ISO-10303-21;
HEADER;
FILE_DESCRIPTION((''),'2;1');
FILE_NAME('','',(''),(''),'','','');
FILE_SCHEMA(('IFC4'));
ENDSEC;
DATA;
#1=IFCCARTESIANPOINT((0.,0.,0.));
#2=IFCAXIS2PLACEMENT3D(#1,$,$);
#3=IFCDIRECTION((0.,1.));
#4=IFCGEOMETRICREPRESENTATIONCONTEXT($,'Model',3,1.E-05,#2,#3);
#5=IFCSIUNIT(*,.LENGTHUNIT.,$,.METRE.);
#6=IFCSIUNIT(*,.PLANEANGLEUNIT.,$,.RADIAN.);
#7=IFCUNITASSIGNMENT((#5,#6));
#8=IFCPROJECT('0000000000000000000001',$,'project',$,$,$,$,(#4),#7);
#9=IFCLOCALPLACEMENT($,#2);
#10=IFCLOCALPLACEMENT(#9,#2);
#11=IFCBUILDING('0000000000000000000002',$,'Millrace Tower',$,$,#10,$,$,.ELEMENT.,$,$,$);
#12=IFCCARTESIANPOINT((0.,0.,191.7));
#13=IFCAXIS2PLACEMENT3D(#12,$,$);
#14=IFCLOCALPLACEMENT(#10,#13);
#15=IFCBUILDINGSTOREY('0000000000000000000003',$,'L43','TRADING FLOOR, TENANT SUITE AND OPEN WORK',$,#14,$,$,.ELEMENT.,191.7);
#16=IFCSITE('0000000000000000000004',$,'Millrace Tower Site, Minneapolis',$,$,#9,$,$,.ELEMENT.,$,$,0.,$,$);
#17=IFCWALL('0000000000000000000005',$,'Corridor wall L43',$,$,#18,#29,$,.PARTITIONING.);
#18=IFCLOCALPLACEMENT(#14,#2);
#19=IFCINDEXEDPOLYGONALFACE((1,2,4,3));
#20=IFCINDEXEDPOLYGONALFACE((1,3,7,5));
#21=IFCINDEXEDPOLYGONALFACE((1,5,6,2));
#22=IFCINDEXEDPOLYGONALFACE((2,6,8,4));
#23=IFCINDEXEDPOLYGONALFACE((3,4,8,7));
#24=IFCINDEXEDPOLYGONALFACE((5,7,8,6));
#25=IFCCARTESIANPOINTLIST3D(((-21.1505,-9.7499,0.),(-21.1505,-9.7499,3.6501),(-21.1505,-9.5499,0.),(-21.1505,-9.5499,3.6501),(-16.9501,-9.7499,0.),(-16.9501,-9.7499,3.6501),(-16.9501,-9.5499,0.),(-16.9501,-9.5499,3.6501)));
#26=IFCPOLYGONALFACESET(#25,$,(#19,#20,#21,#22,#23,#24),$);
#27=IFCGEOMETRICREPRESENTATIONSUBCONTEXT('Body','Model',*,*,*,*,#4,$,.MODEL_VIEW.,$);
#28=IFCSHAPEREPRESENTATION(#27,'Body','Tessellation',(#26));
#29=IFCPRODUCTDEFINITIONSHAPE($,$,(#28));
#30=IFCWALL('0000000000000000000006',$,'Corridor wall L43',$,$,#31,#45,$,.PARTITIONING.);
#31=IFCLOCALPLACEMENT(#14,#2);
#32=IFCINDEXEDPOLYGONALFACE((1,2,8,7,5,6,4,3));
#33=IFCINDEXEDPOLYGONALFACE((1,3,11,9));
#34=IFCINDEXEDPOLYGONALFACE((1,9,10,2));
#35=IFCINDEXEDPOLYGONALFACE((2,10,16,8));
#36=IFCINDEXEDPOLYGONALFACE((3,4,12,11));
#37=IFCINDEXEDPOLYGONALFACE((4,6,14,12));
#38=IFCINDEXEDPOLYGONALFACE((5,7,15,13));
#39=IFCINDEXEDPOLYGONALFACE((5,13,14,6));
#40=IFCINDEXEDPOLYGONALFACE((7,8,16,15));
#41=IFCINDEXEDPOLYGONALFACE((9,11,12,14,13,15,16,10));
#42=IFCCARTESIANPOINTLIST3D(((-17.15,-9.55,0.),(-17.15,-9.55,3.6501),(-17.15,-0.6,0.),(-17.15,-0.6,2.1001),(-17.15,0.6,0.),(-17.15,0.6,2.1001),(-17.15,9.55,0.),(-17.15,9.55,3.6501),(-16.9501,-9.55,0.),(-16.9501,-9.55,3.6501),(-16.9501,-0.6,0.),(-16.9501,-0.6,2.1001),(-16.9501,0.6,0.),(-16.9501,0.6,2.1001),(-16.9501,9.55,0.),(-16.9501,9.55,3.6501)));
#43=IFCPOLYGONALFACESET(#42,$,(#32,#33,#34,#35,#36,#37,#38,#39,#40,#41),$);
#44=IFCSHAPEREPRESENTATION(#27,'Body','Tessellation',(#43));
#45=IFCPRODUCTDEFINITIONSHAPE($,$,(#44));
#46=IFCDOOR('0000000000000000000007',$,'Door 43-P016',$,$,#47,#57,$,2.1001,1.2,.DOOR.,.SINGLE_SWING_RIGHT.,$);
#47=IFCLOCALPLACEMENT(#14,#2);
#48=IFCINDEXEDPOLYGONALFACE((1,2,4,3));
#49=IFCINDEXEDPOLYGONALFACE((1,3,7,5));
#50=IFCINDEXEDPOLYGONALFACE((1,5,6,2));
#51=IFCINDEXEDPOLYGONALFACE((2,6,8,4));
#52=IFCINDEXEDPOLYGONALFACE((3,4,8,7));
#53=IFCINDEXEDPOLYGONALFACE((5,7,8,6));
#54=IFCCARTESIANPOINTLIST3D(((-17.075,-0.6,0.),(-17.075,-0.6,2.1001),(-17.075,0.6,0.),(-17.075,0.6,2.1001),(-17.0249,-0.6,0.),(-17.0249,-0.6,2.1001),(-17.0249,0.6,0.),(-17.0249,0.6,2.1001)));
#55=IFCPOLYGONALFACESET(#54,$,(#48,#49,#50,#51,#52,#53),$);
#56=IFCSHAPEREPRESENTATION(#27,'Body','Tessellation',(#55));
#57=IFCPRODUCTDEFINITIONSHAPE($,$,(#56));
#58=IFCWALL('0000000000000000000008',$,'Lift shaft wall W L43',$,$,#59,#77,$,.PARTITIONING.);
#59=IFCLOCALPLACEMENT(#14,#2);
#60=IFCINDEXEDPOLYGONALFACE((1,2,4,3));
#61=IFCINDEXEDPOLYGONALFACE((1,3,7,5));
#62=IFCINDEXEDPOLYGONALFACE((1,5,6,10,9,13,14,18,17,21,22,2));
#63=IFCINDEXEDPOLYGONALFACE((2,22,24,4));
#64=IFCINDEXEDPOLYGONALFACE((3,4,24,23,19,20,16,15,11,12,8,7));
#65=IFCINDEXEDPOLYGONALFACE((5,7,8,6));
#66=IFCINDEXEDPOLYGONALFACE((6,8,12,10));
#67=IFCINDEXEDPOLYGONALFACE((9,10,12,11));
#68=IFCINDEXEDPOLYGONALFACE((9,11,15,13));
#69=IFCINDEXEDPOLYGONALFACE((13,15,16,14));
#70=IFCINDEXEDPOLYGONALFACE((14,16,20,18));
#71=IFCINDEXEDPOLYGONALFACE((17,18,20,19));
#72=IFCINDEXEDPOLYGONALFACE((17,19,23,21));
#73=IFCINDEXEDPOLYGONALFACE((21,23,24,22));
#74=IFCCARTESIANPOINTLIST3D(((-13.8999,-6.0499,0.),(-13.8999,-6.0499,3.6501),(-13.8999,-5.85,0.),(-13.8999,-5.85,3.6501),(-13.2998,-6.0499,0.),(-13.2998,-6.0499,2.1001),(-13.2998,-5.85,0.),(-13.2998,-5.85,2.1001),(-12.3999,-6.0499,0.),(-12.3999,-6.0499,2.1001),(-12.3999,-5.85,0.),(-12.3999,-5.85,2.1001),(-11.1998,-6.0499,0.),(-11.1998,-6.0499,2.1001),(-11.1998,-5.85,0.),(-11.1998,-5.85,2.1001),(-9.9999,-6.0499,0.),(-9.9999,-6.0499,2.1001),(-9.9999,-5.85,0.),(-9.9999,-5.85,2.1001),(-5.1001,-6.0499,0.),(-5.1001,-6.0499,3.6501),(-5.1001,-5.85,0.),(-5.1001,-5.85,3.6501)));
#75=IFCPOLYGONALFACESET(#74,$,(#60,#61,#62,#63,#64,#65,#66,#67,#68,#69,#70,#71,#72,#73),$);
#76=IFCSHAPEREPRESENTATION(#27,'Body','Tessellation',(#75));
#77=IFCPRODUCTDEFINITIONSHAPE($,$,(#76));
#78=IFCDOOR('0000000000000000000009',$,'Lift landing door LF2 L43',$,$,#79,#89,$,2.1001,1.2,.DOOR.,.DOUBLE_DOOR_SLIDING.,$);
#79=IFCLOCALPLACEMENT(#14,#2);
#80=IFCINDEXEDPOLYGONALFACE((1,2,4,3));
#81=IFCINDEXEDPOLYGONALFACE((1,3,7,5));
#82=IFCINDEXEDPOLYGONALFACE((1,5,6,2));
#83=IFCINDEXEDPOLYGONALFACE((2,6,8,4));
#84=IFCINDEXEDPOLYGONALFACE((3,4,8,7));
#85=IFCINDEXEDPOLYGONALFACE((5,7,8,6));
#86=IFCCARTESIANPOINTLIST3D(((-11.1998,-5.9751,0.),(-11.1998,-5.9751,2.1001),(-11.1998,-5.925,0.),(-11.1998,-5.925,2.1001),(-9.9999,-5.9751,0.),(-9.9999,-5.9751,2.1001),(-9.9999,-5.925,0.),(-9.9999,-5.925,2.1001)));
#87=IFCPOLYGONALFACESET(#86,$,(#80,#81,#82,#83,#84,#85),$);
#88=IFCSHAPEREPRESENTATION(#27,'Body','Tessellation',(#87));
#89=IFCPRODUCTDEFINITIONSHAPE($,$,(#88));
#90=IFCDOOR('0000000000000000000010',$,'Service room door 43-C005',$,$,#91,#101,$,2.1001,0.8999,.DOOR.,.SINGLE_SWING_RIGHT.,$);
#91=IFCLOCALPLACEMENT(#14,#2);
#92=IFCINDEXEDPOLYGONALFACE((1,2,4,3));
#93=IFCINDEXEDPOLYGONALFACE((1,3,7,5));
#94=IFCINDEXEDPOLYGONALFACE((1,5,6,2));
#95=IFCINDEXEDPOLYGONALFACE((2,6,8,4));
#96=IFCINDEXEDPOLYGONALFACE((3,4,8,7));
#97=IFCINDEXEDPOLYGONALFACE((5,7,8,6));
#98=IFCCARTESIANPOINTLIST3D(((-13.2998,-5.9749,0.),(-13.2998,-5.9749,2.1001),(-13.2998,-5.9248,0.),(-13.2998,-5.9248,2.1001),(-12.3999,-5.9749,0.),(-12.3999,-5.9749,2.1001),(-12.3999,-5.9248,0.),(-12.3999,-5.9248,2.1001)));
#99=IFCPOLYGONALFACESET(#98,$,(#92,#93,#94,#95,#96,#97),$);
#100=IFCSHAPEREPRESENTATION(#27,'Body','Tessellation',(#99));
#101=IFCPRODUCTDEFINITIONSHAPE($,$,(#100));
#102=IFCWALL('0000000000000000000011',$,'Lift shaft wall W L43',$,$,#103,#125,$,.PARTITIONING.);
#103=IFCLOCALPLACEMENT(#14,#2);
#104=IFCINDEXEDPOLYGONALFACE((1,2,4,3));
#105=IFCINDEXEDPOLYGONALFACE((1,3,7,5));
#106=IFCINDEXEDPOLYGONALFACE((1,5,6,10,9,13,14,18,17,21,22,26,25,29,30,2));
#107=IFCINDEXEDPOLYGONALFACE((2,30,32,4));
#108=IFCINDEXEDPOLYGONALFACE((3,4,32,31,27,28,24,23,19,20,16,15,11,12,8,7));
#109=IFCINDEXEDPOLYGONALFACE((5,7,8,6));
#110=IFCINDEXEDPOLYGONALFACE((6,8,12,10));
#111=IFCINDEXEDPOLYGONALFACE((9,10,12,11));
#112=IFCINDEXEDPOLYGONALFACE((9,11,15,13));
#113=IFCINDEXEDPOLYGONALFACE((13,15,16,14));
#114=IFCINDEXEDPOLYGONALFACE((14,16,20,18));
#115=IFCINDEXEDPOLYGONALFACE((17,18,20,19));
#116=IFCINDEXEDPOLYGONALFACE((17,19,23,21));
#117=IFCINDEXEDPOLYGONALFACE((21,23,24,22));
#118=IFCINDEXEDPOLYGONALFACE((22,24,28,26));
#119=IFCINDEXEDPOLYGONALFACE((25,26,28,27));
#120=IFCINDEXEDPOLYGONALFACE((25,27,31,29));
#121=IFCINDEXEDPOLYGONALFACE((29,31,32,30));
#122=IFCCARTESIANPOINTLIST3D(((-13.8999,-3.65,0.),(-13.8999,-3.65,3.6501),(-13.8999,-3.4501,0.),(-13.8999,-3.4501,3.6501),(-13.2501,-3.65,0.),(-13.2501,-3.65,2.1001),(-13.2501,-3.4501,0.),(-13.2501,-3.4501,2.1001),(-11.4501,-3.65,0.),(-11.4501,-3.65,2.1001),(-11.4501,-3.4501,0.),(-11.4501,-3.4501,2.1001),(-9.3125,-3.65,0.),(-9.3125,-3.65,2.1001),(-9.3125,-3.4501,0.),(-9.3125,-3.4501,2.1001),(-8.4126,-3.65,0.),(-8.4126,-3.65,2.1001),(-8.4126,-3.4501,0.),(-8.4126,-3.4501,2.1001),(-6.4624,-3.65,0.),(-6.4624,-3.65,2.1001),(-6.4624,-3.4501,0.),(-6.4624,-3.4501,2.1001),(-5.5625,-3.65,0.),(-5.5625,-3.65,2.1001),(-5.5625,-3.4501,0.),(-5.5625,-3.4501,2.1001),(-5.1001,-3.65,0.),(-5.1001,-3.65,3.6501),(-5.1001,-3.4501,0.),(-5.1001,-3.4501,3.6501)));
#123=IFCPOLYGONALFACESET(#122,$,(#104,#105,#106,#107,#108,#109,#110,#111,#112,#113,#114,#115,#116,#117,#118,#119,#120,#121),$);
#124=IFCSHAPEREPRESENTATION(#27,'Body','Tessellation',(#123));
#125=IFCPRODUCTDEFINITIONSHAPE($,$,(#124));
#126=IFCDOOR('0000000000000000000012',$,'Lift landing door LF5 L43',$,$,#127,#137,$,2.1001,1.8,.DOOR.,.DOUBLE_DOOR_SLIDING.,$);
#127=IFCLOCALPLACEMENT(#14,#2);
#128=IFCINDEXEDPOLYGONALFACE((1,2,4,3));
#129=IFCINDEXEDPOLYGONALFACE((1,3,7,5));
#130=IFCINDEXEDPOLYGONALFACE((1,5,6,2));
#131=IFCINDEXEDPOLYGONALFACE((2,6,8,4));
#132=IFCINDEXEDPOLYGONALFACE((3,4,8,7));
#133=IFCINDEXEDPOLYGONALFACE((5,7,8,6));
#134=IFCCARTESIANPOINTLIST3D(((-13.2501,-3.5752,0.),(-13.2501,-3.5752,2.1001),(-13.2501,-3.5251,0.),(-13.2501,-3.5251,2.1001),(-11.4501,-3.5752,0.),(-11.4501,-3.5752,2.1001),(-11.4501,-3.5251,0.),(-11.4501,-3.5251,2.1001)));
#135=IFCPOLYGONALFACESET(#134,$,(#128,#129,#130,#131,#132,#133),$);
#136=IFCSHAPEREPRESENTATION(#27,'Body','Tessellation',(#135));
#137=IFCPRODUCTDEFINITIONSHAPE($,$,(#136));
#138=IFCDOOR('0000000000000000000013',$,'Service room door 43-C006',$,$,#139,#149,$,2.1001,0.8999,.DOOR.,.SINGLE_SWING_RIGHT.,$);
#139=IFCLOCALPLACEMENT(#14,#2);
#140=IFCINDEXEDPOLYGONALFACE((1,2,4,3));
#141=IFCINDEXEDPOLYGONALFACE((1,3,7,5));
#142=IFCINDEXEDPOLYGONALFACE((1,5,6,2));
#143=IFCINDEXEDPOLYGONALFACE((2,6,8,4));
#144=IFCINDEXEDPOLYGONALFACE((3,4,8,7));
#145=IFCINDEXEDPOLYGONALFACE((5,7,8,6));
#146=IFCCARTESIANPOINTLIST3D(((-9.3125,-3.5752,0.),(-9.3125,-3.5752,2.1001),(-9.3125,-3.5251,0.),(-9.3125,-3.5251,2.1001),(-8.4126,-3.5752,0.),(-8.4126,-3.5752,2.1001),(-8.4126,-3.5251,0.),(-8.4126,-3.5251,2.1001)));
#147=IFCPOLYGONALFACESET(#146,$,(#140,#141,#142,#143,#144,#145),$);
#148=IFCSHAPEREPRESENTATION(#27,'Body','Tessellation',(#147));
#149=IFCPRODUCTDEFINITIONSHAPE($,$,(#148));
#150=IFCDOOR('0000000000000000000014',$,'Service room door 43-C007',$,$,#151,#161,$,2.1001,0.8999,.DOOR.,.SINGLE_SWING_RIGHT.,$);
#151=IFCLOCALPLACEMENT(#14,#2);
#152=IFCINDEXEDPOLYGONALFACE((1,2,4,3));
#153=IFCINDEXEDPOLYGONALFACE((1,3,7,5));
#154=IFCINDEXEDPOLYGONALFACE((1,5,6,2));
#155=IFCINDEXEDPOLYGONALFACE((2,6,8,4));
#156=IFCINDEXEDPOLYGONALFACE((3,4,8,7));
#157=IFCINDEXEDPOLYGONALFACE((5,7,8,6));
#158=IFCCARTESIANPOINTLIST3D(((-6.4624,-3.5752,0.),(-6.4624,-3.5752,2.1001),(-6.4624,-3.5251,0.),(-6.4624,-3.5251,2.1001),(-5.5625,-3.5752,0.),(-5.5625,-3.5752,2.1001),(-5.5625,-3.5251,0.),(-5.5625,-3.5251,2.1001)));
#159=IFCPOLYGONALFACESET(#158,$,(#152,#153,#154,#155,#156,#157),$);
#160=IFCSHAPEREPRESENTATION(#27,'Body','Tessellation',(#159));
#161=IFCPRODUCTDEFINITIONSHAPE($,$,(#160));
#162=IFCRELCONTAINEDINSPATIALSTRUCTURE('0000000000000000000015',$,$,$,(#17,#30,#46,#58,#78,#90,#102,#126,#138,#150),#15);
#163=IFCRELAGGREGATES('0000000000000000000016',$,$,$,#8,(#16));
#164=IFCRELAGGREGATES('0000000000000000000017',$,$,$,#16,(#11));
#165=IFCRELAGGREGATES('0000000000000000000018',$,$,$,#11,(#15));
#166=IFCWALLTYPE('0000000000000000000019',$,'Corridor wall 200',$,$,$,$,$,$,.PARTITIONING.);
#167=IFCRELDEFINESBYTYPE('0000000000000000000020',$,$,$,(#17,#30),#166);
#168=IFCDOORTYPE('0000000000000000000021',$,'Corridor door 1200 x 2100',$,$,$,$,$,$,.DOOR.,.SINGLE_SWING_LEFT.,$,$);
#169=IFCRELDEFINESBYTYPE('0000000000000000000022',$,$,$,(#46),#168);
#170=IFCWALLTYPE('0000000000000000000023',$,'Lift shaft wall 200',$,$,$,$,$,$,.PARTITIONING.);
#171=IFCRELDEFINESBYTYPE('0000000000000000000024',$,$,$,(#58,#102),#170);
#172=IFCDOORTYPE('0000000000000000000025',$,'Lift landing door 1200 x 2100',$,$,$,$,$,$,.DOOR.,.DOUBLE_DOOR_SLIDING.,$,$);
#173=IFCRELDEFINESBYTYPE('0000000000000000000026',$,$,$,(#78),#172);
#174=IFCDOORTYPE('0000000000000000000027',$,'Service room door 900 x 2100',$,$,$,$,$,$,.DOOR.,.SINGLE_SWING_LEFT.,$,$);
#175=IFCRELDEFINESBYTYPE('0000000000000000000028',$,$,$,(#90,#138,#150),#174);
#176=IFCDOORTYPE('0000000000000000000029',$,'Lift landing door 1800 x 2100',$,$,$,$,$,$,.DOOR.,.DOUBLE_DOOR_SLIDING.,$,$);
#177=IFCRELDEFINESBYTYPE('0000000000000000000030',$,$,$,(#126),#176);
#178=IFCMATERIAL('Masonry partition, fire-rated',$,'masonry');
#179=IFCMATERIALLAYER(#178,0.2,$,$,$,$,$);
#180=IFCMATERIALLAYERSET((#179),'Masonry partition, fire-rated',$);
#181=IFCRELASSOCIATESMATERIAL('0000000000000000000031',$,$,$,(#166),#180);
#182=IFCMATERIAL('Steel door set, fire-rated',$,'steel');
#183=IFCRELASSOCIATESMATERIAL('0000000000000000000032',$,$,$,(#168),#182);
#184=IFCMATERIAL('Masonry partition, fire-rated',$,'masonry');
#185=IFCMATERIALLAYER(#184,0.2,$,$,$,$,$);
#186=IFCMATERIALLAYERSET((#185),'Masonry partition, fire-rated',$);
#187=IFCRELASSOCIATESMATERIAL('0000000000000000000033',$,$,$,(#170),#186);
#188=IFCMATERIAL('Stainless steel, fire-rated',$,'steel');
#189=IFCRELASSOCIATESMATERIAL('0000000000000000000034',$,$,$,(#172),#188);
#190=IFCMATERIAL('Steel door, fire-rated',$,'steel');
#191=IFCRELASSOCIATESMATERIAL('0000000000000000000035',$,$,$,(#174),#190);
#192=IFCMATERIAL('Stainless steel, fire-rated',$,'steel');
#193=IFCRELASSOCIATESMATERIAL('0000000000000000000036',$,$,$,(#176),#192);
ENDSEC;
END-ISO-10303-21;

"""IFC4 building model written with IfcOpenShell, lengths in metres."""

from ifc_helpers import new_model, si_unit, direction, frame, frame_2d, origin, place, context, subcontext, project, spatial, rectangle, extrude, material, layer, layer_set, type_object, element, fill, save


model = new_model("IFC4")

# Units and contexts
model_context = context("Model", 3, precision=1e-05, world=origin(), true_north=direction((0.0, 1.0)))
body_context = subcontext(model_context, "Body", "Model", "MODEL_VIEW")
ifc_project = project(units=[si_unit("LENGTHUNIT", "METRE"), si_unit("PLANEANGLEUNIT", "RADIAN")], contexts=[model_context])

# Site, building, storey
site_placement = place(None, origin())
site = spatial("IfcSite", under=ifc_project, at=site_placement, Name="Millrace Tower Site, Minneapolis", CompositionType="ELEMENT", RefElevation=0.0)
building_placement = place(site_placement, origin())
building = spatial("IfcBuilding", under=site, at=building_placement, Name="Millrace Tower", CompositionType="ELEMENT")
storey_placement = place(building_placement, frame((0.0, 0.0, 191.7)))
storey = spatial("IfcBuildingStorey", under=building, at=storey_placement, Name="L43", Description="TRADING FLOOR, TENANT SUITE AND OPEN WORK", CompositionType="ELEMENT", Elevation=191.7)

# Wall
ifc_material_1 = material(Name="Masonry partition, fire-rated", Category="masonry")
ifc_layer_1 = layer(ifc_material_1, 0.2)
ifc_layer_set_1 = layer_set([ifc_layer_1], Name="Masonry partition, fire-rated")
wall_type_1 = type_object("IfcWallType", Name="Corridor wall 200", PredefinedType="PARTITIONING", material=ifc_layer_set_1)
wall_1_placement = place(storey_placement, frame((-21.1504, -9.6499, 0.0), z_axis=(0.0, 0.0, 1.0), x_axis=(1.0, 0.0, 0.0)))
element("IfcWall", 1, at=wall_1_placement, inside=storey, type_object=wall_type_1, Name="Corridor wall L43", PredefinedType="PARTITIONING", context=body_context, shape_type="SweptSolid", body=[
    extrude(rectangle(XDim=4.2004, YDim=0.2, at=frame_2d((2.1001, 0.0))), origin(), (0.0, 0.0, 1.0), 3.6501),
])

# Wall, opening, door
wall_2_placement = place(storey_placement, frame((-17.05, -9.55, 0.0), z_axis=(0.0, 0.0, 1.0), x_axis=(0.0, 1.0, 0.0)))
wall_2 = element("IfcWall", 2, at=wall_2_placement, inside=storey, type_object=wall_type_1, Name="Corridor wall L43", PredefinedType="PARTITIONING", context=body_context, shape_type="SweptSolid", body=[
    extrude(rectangle(XDim=19.1001, YDim=0.2, at=frame_2d((9.55, 0.0))), origin(), (0.0, 0.0, 1.0), 3.6501),
])
opening_1_placement = place(wall_2_placement, frame((8.95, 0.0, 0.0)))
opening_1 = element("IfcOpeningElement", 3, at=opening_1_placement, cuts=wall_2, PredefinedType="OPENING", context=body_context, shape_type="SweptSolid", body=[
    extrude(rectangle(XDim=1.2, YDim=2.1001, at=frame_2d((0.6001, 1.05))), frame((0.0, 0.1099, 0.0), z_axis=(0.0, -1.0, 0.0), x_axis=(1.0, 0.0, 0.0)), (0.0, 0.0, 1.0), 0.22),
])
ifc_material_2 = material(Name="Steel door set, fire-rated", Category="steel")
door_type_1 = type_object("IfcDoorType", Name="Corridor door 1200 x 2100", OperationType="SINGLE_SWING_LEFT", PredefinedType="DOOR", material=ifc_material_2)
door_1_placement = place(opening_1_placement, origin())
door_1 = element("IfcDoor", 4, at=door_1_placement, inside=storey, type_object=door_type_1, Name="Door 43-P016", OperationType="SINGLE_SWING_RIGHT", OverallHeight=2.1001, OverallWidth=1.2, PredefinedType="DOOR", context=body_context, shape_type="SweptSolid", body=[
    extrude(rectangle(XDim=1.2, YDim=2.1001, at=frame_2d((0.6001, 1.05))), frame((0.0, 0.0249, 0.0), z_axis=(0.0, -1.0, 0.0), x_axis=(1.0, 0.0, 0.0)), (0.0, 0.0, 1.0), 0.05),
])
fill(opening_1, door_1)

# Walls, openings, doors
ifc_material_3 = material(Name="Masonry partition, fire-rated", Category="masonry")
ifc_layer_2 = layer(ifc_material_3, 0.2)
ifc_layer_set_2 = layer_set([ifc_layer_2], Name="Masonry partition, fire-rated")
wall_type_2 = type_object("IfcWallType", Name="Lift shaft wall 200", PredefinedType="PARTITIONING", material=ifc_layer_set_2)
wall_3_placement = place(storey_placement, frame((-13.8999, -5.95, 0.0), z_axis=(0.0, 0.0, 1.0), x_axis=(1.0, 0.0, 0.0)))
wall_3 = element("IfcWall", 5, at=wall_3_placement, inside=storey, type_object=wall_type_2, Name="Lift shaft wall W L43", PredefinedType="PARTITIONING", context=body_context, shape_type="SweptSolid", body=[
    extrude(rectangle(XDim=8.7998, YDim=0.2, at=frame_2d((4.3999, 0.0))), origin(), (0.0, 0.0, 1.0), 3.6501),
])
opening_2_placement = place(wall_3_placement, frame((2.7, 0.0, 0.0)))
opening_2 = element("IfcOpeningElement", 6, at=opening_2_placement, cuts=wall_3, PredefinedType="OPENING", context=body_context, shape_type="SweptSolid", body=[
    extrude(rectangle(XDim=1.2, YDim=2.1001, at=frame_2d((0.6001, 1.05))), frame((0.0, 0.1099, 0.0), z_axis=(0.0, -1.0, 0.0), x_axis=(1.0, 0.0, 0.0)), (0.0, 0.0, 1.0), 0.22),
])
opening_3_placement = place(wall_3_placement, frame((0.6001, 0.0, 0.0)))
opening_3 = element("IfcOpeningElement", 7, at=opening_3_placement, cuts=wall_3, PredefinedType="OPENING", context=body_context, shape_type="SweptSolid", body=[
    extrude(rectangle(XDim=0.8999, YDim=2.1001, at=frame_2d((0.45, 1.05))), frame((0.0, 0.1099, 0.0), z_axis=(0.0, -1.0, 0.0), x_axis=(1.0, 0.0, 0.0)), (0.0, 0.0, 1.0), 0.22),
])
ifc_material_4 = material(Name="Stainless steel, fire-rated", Category="steel")
door_type_2 = type_object("IfcDoorType", Name="Lift landing door 1200 x 2100", OperationType="DOUBLE_DOOR_SLIDING", PredefinedType="DOOR", material=ifc_material_4)
door_2_placement = place(opening_2_placement, origin())
door_2 = element("IfcDoor", 8, at=door_2_placement, inside=storey, type_object=door_type_2, Name="Lift landing door LF2 L43", OperationType="DOUBLE_DOOR_SLIDING", OverallHeight=2.1001, OverallWidth=1.2, PredefinedType="DOOR", context=body_context, shape_type="SweptSolid", body=[
    extrude(rectangle(XDim=1.2, YDim=2.1001, at=frame_2d((0.6001, 1.05))), frame((0.0, 0.0249, 0.0), z_axis=(0.0, -1.0, 0.0), x_axis=(1.0, 0.0, 0.0)), (0.0, 0.0, 1.0), 0.05),
])
fill(opening_2, door_2)
ifc_material_5 = material(Name="Steel door, fire-rated", Category="steel")
door_type_3 = type_object("IfcDoorType", Name="Service room door 900 x 2100", OperationType="SINGLE_SWING_LEFT", PredefinedType="DOOR", material=ifc_material_5)
door_3_placement = place(opening_3_placement, frame((0.8999, 0.0, 0.0), z_axis=(0.0, 0.0, 1.0), x_axis=(-1.0, 0.0, 0.0)))
door_3 = element("IfcDoor", 9, at=door_3_placement, inside=storey, type_object=door_type_3, Name="Service room door 43-C005", OperationType="SINGLE_SWING_RIGHT", OverallHeight=2.1001, OverallWidth=0.8999, PredefinedType="DOOR", context=body_context, shape_type="SweptSolid", body=[
    extrude(rectangle(XDim=0.8999, YDim=2.1001, at=frame_2d((0.45, 1.05))), frame((0.0, 0.0249, 0.0), z_axis=(0.0, -1.0, 0.0), x_axis=(1.0, 0.0, 0.0)), (0.0, 0.0, 1.0), 0.05),
])
fill(opening_3, door_3)
wall_4_placement = place(storey_placement, frame((-13.8999, -3.55, 0.0), z_axis=(0.0, 0.0, 1.0), x_axis=(1.0, 0.0, 0.0)))
wall_4 = element("IfcWall", 10, at=wall_4_placement, inside=storey, type_object=wall_type_2, Name="Lift shaft wall W L43", PredefinedType="PARTITIONING", context=body_context, shape_type="SweptSolid", body=[
    extrude(rectangle(XDim=8.7998, YDim=0.2, at=frame_2d((4.3999, 0.0))), origin(), (0.0, 0.0, 1.0), 3.6501),
])
opening_4_placement = place(wall_4_placement, frame((0.6499, 0.0, 0.0)))
opening_4 = element("IfcOpeningElement", 11, at=opening_4_placement, cuts=wall_4, PredefinedType="OPENING", context=body_context, shape_type="SweptSolid", body=[
    extrude(rectangle(XDim=1.8, YDim=2.1001, at=frame_2d((0.8999, 1.05))), frame((0.0, 0.1099, 0.0), z_axis=(0.0, -1.0, 0.0), x_axis=(1.0, 0.0, 0.0)), (0.0, 0.0, 1.0), 0.22),
])
opening_5_placement = place(wall_4_placement, frame((4.5874, 0.0, 0.0)))
opening_5 = element("IfcOpeningElement", 12, at=opening_5_placement, cuts=wall_4, PredefinedType="OPENING", context=body_context, shape_type="SweptSolid", body=[
    extrude(rectangle(XDim=0.8999, YDim=2.1001, at=frame_2d((0.45, 1.05))), frame((0.0, 0.1099, 0.0), z_axis=(0.0, -1.0, 0.0), x_axis=(1.0, 0.0, 0.0)), (0.0, 0.0, 1.0), 0.22),
])
opening_6_placement = place(wall_4_placement, frame((7.4375, 0.0, 0.0)))
opening_6 = element("IfcOpeningElement", 13, at=opening_6_placement, cuts=wall_4, PredefinedType="OPENING", context=body_context, shape_type="SweptSolid", body=[
    extrude(rectangle(XDim=0.8999, YDim=2.1001, at=frame_2d((0.45, 1.05))), frame((0.0, 0.1099, 0.0), z_axis=(0.0, -1.0, 0.0), x_axis=(1.0, 0.0, 0.0)), (0.0, 0.0, 1.0), 0.22),
])
ifc_material_6 = material(Name="Stainless steel, fire-rated", Category="steel")
door_type_4 = type_object("IfcDoorType", Name="Lift landing door 1800 x 2100", OperationType="DOUBLE_DOOR_SLIDING", PredefinedType="DOOR", material=ifc_material_6)
door_4_placement = place(opening_4_placement, origin())
door_4 = element("IfcDoor", 14, at=door_4_placement, inside=storey, type_object=door_type_4, Name="Lift landing door LF5 L43", OperationType="DOUBLE_DOOR_SLIDING", OverallHeight=2.1001, OverallWidth=1.8, PredefinedType="DOOR", context=body_context, shape_type="SweptSolid", body=[
    extrude(rectangle(XDim=1.8, YDim=2.1001, at=frame_2d((0.8999, 1.05))), frame((0.0, 0.0249, 0.0), z_axis=(0.0, -1.0, 0.0), x_axis=(1.0, 0.0, 0.0)), (0.0, 0.0, 1.0), 0.05),
])
fill(opening_4, door_4)
door_5_placement = place(opening_5_placement, origin())
door_5 = element("IfcDoor", 15, at=door_5_placement, inside=storey, type_object=door_type_3, Name="Service room door 43-C006", OperationType="SINGLE_SWING_RIGHT", OverallHeight=2.1001, OverallWidth=0.8999, PredefinedType="DOOR", context=body_context, shape_type="SweptSolid", body=[
    extrude(rectangle(XDim=0.8999, YDim=2.1001, at=frame_2d((0.45, 1.05))), frame((0.0, 0.0249, 0.0), z_axis=(0.0, -1.0, 0.0), x_axis=(1.0, 0.0, 0.0)), (0.0, 0.0, 1.0), 0.05),
])
fill(opening_5, door_5)
door_6_placement = place(opening_6_placement, origin())
door_6 = element("IfcDoor", 16, at=door_6_placement, inside=storey, type_object=door_type_3, Name="Service room door 43-C007", OperationType="SINGLE_SWING_RIGHT", OverallHeight=2.1001, OverallWidth=0.8999, PredefinedType="DOOR", context=body_context, shape_type="SweptSolid", body=[
    extrude(rectangle(XDim=0.8999, YDim=2.1001, at=frame_2d((0.45, 1.05))), frame((0.0, 0.0249, 0.0), z_axis=(0.0, -1.0, 0.0), x_axis=(1.0, 0.0, 0.0)), (0.0, 0.0, 1.0), 0.05),
])
fill(opening_6, door_6)

save(model, "model.ifc")
